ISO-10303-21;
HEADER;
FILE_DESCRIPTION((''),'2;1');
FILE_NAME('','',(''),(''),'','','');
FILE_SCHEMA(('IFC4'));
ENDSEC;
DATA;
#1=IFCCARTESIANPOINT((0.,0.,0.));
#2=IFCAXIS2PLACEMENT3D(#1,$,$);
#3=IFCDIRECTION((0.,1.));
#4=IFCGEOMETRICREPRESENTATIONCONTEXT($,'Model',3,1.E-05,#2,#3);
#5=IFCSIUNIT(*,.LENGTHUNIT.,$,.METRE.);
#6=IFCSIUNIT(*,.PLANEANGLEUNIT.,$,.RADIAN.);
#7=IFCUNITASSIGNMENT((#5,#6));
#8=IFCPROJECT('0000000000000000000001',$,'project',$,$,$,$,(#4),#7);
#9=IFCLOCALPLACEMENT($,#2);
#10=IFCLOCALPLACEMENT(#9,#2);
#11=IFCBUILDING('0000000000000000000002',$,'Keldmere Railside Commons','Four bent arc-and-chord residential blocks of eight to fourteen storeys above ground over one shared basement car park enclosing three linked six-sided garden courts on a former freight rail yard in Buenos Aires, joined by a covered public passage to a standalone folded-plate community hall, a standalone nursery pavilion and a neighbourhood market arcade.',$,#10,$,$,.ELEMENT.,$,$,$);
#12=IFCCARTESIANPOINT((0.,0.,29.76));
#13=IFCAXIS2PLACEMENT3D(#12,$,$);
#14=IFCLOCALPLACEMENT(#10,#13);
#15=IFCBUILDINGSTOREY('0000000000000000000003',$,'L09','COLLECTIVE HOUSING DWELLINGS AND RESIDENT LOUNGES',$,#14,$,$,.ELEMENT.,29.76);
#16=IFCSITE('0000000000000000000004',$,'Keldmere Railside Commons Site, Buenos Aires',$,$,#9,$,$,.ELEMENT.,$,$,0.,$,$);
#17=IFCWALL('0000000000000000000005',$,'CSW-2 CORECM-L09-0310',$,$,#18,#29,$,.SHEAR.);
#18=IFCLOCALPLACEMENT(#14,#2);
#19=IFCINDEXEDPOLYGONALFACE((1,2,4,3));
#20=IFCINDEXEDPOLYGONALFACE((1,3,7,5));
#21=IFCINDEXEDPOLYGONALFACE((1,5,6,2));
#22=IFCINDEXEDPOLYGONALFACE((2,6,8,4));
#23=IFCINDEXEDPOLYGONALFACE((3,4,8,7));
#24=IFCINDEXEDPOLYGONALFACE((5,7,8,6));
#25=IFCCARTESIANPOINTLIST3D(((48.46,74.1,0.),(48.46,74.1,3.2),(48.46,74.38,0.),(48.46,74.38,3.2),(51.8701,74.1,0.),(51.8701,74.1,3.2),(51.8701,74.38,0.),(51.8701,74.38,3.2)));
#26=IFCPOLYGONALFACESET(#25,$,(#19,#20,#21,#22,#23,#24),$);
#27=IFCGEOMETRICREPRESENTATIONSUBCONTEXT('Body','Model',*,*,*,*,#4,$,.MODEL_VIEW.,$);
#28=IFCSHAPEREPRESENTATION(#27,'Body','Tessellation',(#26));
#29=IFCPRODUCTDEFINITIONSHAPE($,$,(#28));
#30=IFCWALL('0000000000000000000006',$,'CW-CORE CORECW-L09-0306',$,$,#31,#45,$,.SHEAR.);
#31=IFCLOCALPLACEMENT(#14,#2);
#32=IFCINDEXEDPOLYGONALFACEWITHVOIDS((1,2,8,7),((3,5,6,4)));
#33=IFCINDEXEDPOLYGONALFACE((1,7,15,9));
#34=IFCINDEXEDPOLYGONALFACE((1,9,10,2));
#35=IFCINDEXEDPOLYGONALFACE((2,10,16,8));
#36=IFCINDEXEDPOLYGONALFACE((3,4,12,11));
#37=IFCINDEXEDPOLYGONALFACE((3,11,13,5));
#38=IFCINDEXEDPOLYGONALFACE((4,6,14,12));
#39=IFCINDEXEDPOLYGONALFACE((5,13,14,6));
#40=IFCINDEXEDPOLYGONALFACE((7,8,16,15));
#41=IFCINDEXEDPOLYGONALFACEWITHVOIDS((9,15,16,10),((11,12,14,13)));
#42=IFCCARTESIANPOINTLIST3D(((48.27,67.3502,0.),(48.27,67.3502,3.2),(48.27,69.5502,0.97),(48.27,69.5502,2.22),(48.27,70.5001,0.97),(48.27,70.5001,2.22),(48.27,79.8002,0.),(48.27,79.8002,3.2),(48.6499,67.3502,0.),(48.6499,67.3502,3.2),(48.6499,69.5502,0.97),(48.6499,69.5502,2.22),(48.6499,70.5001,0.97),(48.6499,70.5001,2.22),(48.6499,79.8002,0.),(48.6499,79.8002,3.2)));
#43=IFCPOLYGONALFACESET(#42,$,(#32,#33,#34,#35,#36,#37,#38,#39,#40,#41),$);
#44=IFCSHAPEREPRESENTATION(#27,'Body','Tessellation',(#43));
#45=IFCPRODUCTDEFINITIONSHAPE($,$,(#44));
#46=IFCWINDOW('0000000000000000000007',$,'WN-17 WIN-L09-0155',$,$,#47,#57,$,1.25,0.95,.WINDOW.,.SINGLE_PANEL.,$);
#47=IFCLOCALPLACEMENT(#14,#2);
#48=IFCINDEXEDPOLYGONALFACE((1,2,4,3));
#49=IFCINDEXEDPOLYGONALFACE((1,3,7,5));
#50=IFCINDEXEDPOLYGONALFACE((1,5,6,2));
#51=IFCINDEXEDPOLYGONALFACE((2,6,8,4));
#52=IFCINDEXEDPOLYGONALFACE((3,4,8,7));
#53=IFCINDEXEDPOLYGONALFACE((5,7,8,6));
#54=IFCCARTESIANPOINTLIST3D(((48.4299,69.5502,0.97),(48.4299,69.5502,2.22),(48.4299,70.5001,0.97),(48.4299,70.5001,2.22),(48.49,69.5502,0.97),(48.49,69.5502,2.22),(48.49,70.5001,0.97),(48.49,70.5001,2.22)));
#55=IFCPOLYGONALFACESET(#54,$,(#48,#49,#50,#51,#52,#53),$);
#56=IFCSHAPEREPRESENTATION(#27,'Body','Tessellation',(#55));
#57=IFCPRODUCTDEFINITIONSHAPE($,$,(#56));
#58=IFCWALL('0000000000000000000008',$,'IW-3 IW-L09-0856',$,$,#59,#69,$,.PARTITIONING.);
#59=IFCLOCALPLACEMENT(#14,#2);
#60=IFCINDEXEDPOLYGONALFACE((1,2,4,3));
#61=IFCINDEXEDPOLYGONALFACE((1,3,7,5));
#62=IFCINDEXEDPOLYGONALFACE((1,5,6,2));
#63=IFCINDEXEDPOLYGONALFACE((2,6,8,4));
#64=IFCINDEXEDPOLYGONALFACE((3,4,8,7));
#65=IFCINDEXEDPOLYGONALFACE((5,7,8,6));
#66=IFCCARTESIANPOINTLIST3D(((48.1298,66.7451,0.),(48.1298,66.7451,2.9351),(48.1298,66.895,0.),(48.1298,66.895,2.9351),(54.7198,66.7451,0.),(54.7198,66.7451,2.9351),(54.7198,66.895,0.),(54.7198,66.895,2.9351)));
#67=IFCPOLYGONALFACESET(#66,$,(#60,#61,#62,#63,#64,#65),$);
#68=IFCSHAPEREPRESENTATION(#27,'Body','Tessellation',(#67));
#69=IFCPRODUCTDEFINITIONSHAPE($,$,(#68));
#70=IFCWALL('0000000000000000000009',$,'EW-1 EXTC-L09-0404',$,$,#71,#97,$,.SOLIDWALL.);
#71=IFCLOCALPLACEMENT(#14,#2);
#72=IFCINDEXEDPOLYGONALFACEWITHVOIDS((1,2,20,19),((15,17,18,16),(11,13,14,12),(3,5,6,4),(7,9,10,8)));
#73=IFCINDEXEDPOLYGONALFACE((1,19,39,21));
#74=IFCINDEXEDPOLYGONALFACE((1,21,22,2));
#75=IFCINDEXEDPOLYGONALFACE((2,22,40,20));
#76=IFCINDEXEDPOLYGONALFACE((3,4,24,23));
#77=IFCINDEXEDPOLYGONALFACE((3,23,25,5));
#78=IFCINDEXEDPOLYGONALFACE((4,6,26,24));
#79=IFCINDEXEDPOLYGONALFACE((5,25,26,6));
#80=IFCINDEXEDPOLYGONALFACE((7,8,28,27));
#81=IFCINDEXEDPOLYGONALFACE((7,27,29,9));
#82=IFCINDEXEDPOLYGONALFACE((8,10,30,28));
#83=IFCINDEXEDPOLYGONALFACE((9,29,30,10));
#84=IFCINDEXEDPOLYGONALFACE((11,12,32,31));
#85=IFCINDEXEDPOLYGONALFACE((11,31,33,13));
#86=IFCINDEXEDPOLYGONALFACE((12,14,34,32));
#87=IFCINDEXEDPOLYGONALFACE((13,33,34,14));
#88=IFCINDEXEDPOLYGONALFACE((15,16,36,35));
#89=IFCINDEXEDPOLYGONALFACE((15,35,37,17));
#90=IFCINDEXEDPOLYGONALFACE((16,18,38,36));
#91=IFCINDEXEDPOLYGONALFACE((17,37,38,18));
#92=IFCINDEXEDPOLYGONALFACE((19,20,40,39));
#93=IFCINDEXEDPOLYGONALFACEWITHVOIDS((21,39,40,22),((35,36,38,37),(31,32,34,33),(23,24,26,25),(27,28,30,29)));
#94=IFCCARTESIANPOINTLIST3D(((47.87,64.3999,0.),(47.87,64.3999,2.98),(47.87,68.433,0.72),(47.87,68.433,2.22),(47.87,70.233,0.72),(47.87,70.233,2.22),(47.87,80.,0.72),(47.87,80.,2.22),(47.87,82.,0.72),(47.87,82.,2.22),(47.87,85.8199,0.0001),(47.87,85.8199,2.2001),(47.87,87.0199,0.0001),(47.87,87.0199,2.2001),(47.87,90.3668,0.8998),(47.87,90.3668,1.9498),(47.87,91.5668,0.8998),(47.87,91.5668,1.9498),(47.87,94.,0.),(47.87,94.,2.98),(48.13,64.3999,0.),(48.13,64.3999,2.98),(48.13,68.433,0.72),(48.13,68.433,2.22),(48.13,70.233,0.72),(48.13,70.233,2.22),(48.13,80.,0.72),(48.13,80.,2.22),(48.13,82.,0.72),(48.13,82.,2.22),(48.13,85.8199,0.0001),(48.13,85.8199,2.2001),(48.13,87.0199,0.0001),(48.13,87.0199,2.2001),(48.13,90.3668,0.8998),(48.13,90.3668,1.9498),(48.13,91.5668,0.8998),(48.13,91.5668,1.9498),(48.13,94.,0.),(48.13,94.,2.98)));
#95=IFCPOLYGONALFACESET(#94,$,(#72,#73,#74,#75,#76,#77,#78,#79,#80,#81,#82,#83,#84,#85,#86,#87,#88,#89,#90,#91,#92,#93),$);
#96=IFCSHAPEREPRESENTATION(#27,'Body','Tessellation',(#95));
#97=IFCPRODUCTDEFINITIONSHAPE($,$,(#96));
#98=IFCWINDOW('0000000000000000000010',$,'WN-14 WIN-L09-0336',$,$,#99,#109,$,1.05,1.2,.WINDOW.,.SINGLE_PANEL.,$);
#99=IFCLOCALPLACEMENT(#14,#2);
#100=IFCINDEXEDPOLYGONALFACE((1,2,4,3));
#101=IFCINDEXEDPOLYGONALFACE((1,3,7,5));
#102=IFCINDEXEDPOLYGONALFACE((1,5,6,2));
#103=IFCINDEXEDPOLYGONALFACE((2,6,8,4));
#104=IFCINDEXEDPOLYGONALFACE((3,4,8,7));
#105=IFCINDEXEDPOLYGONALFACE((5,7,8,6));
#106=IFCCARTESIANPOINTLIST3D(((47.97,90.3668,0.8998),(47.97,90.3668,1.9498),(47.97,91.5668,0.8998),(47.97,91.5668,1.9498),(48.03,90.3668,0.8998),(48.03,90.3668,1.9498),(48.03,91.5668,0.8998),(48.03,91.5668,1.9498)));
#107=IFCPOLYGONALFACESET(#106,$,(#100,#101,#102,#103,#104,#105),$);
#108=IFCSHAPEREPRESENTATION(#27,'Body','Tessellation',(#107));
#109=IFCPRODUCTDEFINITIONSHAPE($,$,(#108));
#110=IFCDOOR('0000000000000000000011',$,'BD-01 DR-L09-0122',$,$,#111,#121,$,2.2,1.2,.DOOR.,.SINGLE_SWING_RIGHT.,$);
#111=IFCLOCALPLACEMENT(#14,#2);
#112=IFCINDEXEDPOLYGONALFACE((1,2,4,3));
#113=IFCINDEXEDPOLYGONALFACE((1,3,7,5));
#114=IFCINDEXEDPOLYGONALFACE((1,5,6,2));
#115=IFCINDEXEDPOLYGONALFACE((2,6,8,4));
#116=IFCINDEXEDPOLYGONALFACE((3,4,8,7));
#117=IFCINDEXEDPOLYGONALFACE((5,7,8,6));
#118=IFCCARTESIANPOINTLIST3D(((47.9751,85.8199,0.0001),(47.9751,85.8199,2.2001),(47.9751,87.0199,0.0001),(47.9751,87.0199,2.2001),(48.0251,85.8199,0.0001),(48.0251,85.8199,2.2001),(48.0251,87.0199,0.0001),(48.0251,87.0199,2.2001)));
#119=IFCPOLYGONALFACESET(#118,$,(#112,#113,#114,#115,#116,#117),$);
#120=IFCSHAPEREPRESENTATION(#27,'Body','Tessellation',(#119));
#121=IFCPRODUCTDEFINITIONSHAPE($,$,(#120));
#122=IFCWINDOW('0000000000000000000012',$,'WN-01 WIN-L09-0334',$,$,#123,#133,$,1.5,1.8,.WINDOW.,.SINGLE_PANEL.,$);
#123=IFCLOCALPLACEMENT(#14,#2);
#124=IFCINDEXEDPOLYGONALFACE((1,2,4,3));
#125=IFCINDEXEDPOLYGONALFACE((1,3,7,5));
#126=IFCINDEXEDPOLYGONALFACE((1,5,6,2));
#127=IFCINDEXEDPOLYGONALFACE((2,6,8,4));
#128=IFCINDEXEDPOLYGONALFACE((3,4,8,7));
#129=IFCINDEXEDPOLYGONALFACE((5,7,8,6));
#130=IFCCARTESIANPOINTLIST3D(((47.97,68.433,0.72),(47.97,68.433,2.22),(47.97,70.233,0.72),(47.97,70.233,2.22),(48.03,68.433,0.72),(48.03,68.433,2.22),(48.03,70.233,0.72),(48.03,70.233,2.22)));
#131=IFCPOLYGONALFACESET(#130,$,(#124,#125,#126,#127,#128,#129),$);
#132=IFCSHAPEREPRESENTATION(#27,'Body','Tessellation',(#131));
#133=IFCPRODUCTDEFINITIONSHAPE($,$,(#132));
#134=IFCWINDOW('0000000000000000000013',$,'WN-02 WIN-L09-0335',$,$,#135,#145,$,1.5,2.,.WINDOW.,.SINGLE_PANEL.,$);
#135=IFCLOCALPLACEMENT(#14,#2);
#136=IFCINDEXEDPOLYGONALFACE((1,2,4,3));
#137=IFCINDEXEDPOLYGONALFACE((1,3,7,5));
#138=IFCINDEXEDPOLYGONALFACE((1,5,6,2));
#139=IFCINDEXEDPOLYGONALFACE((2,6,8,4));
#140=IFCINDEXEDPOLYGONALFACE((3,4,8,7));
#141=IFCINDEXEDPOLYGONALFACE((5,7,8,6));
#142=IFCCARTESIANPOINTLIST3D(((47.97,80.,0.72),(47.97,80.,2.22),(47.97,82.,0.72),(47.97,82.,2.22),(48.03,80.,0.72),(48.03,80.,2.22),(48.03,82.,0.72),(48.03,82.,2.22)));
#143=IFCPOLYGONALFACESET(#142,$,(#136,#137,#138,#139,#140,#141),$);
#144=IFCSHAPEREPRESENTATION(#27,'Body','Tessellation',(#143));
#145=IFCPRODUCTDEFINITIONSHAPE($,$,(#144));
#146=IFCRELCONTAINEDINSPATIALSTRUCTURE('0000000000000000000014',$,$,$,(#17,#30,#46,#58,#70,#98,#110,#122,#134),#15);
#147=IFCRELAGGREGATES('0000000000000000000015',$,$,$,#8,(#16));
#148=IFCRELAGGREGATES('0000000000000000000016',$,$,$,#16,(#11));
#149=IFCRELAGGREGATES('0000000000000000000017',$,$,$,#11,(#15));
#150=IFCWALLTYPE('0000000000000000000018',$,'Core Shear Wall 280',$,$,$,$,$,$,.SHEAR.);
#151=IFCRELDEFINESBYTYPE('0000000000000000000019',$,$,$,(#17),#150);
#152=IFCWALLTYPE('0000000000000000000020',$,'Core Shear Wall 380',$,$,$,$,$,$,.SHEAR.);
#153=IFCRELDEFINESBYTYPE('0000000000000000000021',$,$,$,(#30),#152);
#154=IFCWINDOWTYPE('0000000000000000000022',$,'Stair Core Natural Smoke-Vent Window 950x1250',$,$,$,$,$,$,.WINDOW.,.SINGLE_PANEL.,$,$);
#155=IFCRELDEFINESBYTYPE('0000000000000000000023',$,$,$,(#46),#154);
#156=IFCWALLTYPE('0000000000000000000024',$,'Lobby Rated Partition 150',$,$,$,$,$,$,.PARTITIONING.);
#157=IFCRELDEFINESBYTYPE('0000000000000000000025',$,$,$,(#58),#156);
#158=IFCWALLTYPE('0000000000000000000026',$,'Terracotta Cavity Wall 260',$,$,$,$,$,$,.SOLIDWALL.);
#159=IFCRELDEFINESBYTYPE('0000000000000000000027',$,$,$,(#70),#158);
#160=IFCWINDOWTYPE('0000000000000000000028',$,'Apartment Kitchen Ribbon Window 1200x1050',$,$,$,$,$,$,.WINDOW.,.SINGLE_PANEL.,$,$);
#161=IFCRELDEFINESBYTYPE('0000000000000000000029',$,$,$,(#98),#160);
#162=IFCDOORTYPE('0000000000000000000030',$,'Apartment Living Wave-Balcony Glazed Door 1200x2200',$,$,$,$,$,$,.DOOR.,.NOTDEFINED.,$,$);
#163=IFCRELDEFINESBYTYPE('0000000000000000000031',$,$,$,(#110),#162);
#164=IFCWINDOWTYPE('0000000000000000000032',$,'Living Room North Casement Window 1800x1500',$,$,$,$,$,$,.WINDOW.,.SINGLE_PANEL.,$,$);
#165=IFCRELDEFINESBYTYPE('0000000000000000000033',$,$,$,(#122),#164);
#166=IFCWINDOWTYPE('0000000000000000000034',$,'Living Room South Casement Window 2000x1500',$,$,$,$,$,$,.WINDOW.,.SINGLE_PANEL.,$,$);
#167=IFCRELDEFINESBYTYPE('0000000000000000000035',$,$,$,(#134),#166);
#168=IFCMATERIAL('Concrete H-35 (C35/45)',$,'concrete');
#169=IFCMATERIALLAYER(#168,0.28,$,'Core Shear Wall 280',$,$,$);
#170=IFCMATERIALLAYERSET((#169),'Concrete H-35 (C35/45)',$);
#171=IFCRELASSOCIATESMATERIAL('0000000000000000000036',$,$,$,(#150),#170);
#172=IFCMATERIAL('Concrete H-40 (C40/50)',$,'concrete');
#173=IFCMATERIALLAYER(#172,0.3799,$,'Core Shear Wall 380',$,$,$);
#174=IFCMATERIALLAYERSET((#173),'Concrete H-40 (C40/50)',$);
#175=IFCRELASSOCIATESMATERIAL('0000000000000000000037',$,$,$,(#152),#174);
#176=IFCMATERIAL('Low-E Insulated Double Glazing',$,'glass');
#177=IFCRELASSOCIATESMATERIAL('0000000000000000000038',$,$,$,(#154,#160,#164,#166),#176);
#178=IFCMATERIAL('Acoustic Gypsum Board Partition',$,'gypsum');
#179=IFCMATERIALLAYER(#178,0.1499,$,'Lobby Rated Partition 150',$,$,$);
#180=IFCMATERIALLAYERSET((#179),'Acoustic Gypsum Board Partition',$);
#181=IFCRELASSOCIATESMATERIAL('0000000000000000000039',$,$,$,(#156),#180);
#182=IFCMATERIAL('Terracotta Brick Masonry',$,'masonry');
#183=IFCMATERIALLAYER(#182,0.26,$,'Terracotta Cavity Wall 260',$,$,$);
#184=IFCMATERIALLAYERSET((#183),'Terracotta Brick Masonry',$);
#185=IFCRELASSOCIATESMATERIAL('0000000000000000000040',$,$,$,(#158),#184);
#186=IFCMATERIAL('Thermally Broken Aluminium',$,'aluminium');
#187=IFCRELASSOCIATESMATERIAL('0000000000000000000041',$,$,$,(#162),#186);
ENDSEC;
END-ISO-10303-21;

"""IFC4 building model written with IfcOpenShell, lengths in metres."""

from ifc_helpers import new_model, si_unit, direction, frame, frame_2d, origin, place, context, subcontext, project, spatial, rectangle, extrude, material, layer, layer_set, type_object, element, fill, save


model = new_model("IFC4")

# Units and contexts
model_context = context("Model", 3, precision=1e-05, world=origin(), true_north=direction((0.0, 1.0)))
body_context = subcontext(model_context, "Body", "Model", "MODEL_VIEW")
ifc_project = project(units=[si_unit("LENGTHUNIT", "METRE"), si_unit("PLANEANGLEUNIT", "RADIAN")], contexts=[model_context])

# Site, building, storey
site_placement = place(None, origin())
site = spatial("IfcSite", under=ifc_project, at=site_placement, Name="Keldmere Railside Commons Site, Buenos Aires", CompositionType="ELEMENT", RefElevation=0.0)
building_placement = place(site_placement, origin())
building = spatial("IfcBuilding", under=site, at=building_placement, Name="Keldmere Railside Commons", Description="Four bent arc-and-chord residential blocks of eight to fourteen storeys above ground over one shared basement car park enclosing three linked six-sided garden courts on a former freight rail yard in Buenos Aires, joined by a covered public passage to a standalone folded-plate community hall, a standalone nursery pavilion and a neighbourhood market arcade.", CompositionType="ELEMENT")
storey_placement = place(building_placement, frame((0.0, 0.0, 29.76)))
storey = spatial("IfcBuildingStorey", under=building, at=storey_placement, Name="L09", Description="COLLECTIVE HOUSING DWELLINGS AND RESIDENT LOUNGES", CompositionType="ELEMENT", Elevation=29.76)

# Wall
ifc_material_1 = material(Name="Concrete H-35 (C35/45)", Category="concrete")
ifc_layer_1 = layer(ifc_material_1, 0.28, Name="Core Shear Wall 280")
ifc_layer_set_1 = layer_set([ifc_layer_1], Name="Concrete H-35 (C35/45)")
wall_type_1 = type_object("IfcWallType", Name="Core Shear Wall 280", PredefinedType="SHEAR", material=ifc_layer_set_1)
wall_1_placement = place(storey_placement, frame((48.46, 74.24, 0.0), z_axis=(0.0, 0.0, 1.0), x_axis=(1.0, 0.0, 0.0)))
element("IfcWall", 1, at=wall_1_placement, inside=storey, type_object=wall_type_1, Name="CSW-2 CORECM-L09-0310", PredefinedType="SHEAR", context=body_context, shape_type="SweptSolid", body=[
    extrude(rectangle(XDim=3.4102, YDim=0.28, at=frame_2d((1.7051, 0.0))), origin(), (0.0, 0.0, 1.0), 3.2),
])

# Wall, opening, window
ifc_material_2 = material(Name="Concrete H-40 (C40/50)", Category="concrete")
ifc_layer_2 = layer(ifc_material_2, 0.3799, Name="Core Shear Wall 380")
ifc_layer_set_2 = layer_set([ifc_layer_2], Name="Concrete H-40 (C40/50)")
wall_type_2 = type_object("IfcWallType", Name="Core Shear Wall 380", PredefinedType="SHEAR", material=ifc_layer_set_2)
wall_2_placement = place(storey_placement, frame((48.46, 67.3501, 0.0), z_axis=(0.0, 0.0, 1.0), x_axis=(0.0, 1.0, 0.0)))
wall_2 = element("IfcWall", 2, at=wall_2_placement, inside=storey, type_object=wall_type_2, Name="CW-CORE CORECW-L09-0306", PredefinedType="SHEAR", context=body_context, shape_type="SweptSolid", body=[
    extrude(rectangle(XDim=12.45, YDim=0.3799, at=frame_2d((6.2251, 0.0))), origin(), (0.0, 0.0, 1.0), 3.2),
])
opening_1_placement = place(wall_2_placement, frame((2.2, 0.0, 0.97)))
opening_1 = element("IfcOpeningElement", 3, at=opening_1_placement, cuts=wall_2, PredefinedType="OPENING", context=body_context, shape_type="SweptSolid", body=[
    extrude(rectangle(XDim=0.95, YDim=1.25, at=frame_2d((0.4751, 0.625))), frame((0.0, 0.2, 0.0), z_axis=(0.0, -1.0, 0.0), x_axis=(1.0, 0.0, 0.0)), (0.0, 0.0, 1.0), 0.3999),
])
ifc_material_3 = material(Name="Low-E Insulated Double Glazing", Category="glass")
window_type_1 = type_object("IfcWindowType", Name="Stair Core Natural Smoke-Vent Window 950x1250", PartitioningType="SINGLE_PANEL", PredefinedType="WINDOW", material=ifc_material_3)
window_1_placement = place(opening_1_placement, origin())
window_1 = element("IfcWindow", 4, at=window_1_placement, inside=storey, type_object=window_type_1, Name="WN-17 WIN-L09-0155", OverallHeight=1.25, OverallWidth=0.95, PartitioningType="SINGLE_PANEL", PredefinedType="WINDOW", context=body_context, shape_type="SweptSolid", body=[
    extrude(rectangle(XDim=0.95, YDim=1.25, at=frame_2d((0.4751, 0.625))), frame((0.0, 0.03, 0.0), z_axis=(0.0, -1.0, 0.0), x_axis=(1.0, 0.0, 0.0)), (0.0, 0.0, 1.0), 0.0601),
])
fill(opening_1, window_1)

# Wall
ifc_material_4 = material(Name="Acoustic Gypsum Board Partition", Category="gypsum")
ifc_layer_3 = layer(ifc_material_4, 0.1499, Name="Lobby Rated Partition 150")
ifc_layer_set_3 = layer_set([ifc_layer_3], Name="Acoustic Gypsum Board Partition")
wall_type_3 = type_object("IfcWallType", Name="Lobby Rated Partition 150", PredefinedType="PARTITIONING", material=ifc_layer_set_3)
wall_3_placement = place(storey_placement, frame((48.1299, 66.8201, 0.0), z_axis=(0.0, 0.0, 1.0), x_axis=(1.0, 0.0, 0.0)))
element("IfcWall", 5, at=wall_3_placement, inside=storey, type_object=wall_type_3, Name="IW-3 IW-L09-0856", PredefinedType="PARTITIONING", context=body_context, shape_type="SweptSolid", body=[
    extrude(rectangle(XDim=6.5901, YDim=0.1499, at=frame_2d((3.2949, 0.0))), origin(), (0.0, 0.0, 1.0), 2.9351),
])

# Wall, openings, windows, door
ifc_material_5 = material(Name="Terracotta Brick Masonry", Category="masonry")
ifc_layer_4 = layer(ifc_material_5, 0.26, Name="Terracotta Cavity Wall 260")
ifc_layer_set_4 = layer_set([ifc_layer_4], Name="Terracotta Brick Masonry")
wall_type_4 = type_object("IfcWallType", Name="Terracotta Cavity Wall 260", PredefinedType="SOLIDWALL", material=ifc_layer_set_4)
wall_4_placement = place(storey_placement, frame((48.0, 64.3999, 0.0), z_axis=(0.0, 0.0, 1.0), x_axis=(0.0, 1.0, 0.0)))
wall_4 = element("IfcWall", 6, at=wall_4_placement, inside=storey, type_object=wall_type_4, Name="EW-1 EXTC-L09-0404", PredefinedType="SOLIDWALL", context=body_context, shape_type="SweptSolid", body=[
    extrude(rectangle(XDim=29.6001, YDim=0.26, at=frame_2d((14.8, 0.0))), origin(), (0.0, 0.0, 1.0), 2.98),
])
opening_2_placement = place(wall_4_placement, frame((4.0332, 0.0, 0.72)))
opening_2 = element("IfcOpeningElement", 7, at=opening_2_placement, cuts=wall_4, PredefinedType="OPENING", context=body_context, shape_type="SweptSolid", body=[
    extrude(rectangle(XDim=1.8, YDim=1.5, at=frame_2d((0.8999, 0.75))), frame((0.0, 0.1399, 0.0), z_axis=(0.0, -1.0, 0.0), x_axis=(1.0, 0.0, 0.0)), (0.0, 0.0, 1.0), 0.28),
])
opening_3_placement = place(wall_4_placement, frame((15.6001, 0.0, 0.72)))
opening_3 = element("IfcOpeningElement", 8, at=opening_3_placement, cuts=wall_4, PredefinedType="OPENING", context=body_context, shape_type="SweptSolid", body=[
    extrude(rectangle(XDim=2.0, YDim=1.5, at=frame_2d((1.0, 0.75))), frame((0.0, 0.1399, 0.0), z_axis=(0.0, -1.0, 0.0), x_axis=(1.0, 0.0, 0.0)), (0.0, 0.0, 1.0), 0.28),
])
opening_4_placement = place(wall_4_placement, frame((21.4199, 0.0, 0.0)))
opening_4 = element("IfcOpeningElement", 9, at=opening_4_placement, cuts=wall_4, PredefinedType="OPENING", context=body_context, shape_type="SweptSolid", body=[
    extrude(rectangle(XDim=1.2, YDim=2.2, at=frame_2d((0.6001, 1.1001))), frame((0.0, 0.1399, 0.0), z_axis=(0.0, -1.0, 0.0), x_axis=(1.0, 0.0, 0.0)), (0.0, 0.0, 1.0), 0.28),
])
opening_5_placement = place(wall_4_placement, frame((25.9668, 0.0, 0.8999)))
opening_5 = element("IfcOpeningElement", 10, at=opening_5_placement, cuts=wall_4, PredefinedType="OPENING", context=body_context, shape_type="SweptSolid", body=[
    extrude(rectangle(XDim=1.2, YDim=1.05, at=frame_2d((0.6001, 0.5249))), frame((0.0, 0.1399, 0.0), z_axis=(0.0, -1.0, 0.0), x_axis=(1.0, 0.0, 0.0)), (0.0, 0.0, 1.0), 0.28),
])
window_type_2 = type_object("IfcWindowType", Name="Apartment Kitchen Ribbon Window 1200x1050", PartitioningType="SINGLE_PANEL", PredefinedType="WINDOW", material=ifc_material_3)
window_2_placement = place(opening_5_placement, origin())
window_2 = element("IfcWindow", 11, at=window_2_placement, inside=storey, type_object=window_type_2, Name="WN-14 WIN-L09-0336", OverallHeight=1.05, OverallWidth=1.2, PartitioningType="SINGLE_PANEL", PredefinedType="WINDOW", context=body_context, shape_type="SweptSolid", body=[
    extrude(rectangle(XDim=1.2, YDim=1.05, at=frame_2d((0.6001, 0.5249))), frame((0.0, 0.03, 0.0), z_axis=(0.0, -1.0, 0.0), x_axis=(1.0, 0.0, 0.0)), (0.0, 0.0, 1.0), 0.0601),
])
fill(opening_5, window_2)
ifc_material_6 = material(Name="Thermally Broken Aluminium", Category="aluminium")
door_type = type_object("IfcDoorType", Name="Apartment Living Wave-Balcony Glazed Door 1200x2200", OperationType="NOTDEFINED", PredefinedType="DOOR", material=ifc_material_6)
door_placement = place(opening_4_placement, origin())
door = element("IfcDoor", 12, at=door_placement, inside=storey, type_object=door_type, Name="BD-01 DR-L09-0122", OperationType="SINGLE_SWING_RIGHT", OverallHeight=2.2, OverallWidth=1.2, PredefinedType="DOOR", context=body_context, shape_type="SweptSolid", body=[
    extrude(rectangle(XDim=1.2, YDim=2.2, at=frame_2d((0.6001, 1.1001))), frame((0.0, 0.0249, 0.0), z_axis=(0.0, -1.0, 0.0), x_axis=(1.0, 0.0, 0.0)), (0.0, 0.0, 1.0), 0.05),
])
fill(opening_4, door)
window_type_3 = type_object("IfcWindowType", Name="Living Room North Casement Window 1800x1500", PartitioningType="SINGLE_PANEL", PredefinedType="WINDOW", material=ifc_material_3)
window_3_placement = place(opening_2_placement, origin())
window_3 = element("IfcWindow", 13, at=window_3_placement, inside=storey, type_object=window_type_3, Name="WN-01 WIN-L09-0334", OverallHeight=1.5, OverallWidth=1.8, PartitioningType="SINGLE_PANEL", PredefinedType="WINDOW", context=body_context, shape_type="SweptSolid", body=[
    extrude(rectangle(XDim=1.8, YDim=1.5, at=frame_2d((0.8999, 0.75))), frame((0.0, 0.03, 0.0), z_axis=(0.0, -1.0, 0.0), x_axis=(1.0, 0.0, 0.0)), (0.0, 0.0, 1.0), 0.0601),
])
fill(opening_2, window_3)
window_type_4 = type_object("IfcWindowType", Name="Living Room South Casement Window 2000x1500", PartitioningType="SINGLE_PANEL", PredefinedType="WINDOW", material=ifc_material_3)
window_4_placement = place(opening_3_placement, origin())
window_4 = element("IfcWindow", 14, at=window_4_placement, inside=storey, type_object=window_type_4, Name="WN-02 WIN-L09-0335", OverallHeight=1.5, OverallWidth=2.0, PartitioningType="SINGLE_PANEL", PredefinedType="WINDOW", context=body_context, shape_type="SweptSolid", body=[
    extrude(rectangle(XDim=2.0, YDim=1.5, at=frame_2d((1.0, 0.75))), frame((0.0, 0.03, 0.0), z_axis=(0.0, -1.0, 0.0), x_axis=(1.0, 0.0, 0.0)), (0.0, 0.0, 1.0), 0.0601),
])
fill(opening_3, window_4)

save(model, "model.ifc")
